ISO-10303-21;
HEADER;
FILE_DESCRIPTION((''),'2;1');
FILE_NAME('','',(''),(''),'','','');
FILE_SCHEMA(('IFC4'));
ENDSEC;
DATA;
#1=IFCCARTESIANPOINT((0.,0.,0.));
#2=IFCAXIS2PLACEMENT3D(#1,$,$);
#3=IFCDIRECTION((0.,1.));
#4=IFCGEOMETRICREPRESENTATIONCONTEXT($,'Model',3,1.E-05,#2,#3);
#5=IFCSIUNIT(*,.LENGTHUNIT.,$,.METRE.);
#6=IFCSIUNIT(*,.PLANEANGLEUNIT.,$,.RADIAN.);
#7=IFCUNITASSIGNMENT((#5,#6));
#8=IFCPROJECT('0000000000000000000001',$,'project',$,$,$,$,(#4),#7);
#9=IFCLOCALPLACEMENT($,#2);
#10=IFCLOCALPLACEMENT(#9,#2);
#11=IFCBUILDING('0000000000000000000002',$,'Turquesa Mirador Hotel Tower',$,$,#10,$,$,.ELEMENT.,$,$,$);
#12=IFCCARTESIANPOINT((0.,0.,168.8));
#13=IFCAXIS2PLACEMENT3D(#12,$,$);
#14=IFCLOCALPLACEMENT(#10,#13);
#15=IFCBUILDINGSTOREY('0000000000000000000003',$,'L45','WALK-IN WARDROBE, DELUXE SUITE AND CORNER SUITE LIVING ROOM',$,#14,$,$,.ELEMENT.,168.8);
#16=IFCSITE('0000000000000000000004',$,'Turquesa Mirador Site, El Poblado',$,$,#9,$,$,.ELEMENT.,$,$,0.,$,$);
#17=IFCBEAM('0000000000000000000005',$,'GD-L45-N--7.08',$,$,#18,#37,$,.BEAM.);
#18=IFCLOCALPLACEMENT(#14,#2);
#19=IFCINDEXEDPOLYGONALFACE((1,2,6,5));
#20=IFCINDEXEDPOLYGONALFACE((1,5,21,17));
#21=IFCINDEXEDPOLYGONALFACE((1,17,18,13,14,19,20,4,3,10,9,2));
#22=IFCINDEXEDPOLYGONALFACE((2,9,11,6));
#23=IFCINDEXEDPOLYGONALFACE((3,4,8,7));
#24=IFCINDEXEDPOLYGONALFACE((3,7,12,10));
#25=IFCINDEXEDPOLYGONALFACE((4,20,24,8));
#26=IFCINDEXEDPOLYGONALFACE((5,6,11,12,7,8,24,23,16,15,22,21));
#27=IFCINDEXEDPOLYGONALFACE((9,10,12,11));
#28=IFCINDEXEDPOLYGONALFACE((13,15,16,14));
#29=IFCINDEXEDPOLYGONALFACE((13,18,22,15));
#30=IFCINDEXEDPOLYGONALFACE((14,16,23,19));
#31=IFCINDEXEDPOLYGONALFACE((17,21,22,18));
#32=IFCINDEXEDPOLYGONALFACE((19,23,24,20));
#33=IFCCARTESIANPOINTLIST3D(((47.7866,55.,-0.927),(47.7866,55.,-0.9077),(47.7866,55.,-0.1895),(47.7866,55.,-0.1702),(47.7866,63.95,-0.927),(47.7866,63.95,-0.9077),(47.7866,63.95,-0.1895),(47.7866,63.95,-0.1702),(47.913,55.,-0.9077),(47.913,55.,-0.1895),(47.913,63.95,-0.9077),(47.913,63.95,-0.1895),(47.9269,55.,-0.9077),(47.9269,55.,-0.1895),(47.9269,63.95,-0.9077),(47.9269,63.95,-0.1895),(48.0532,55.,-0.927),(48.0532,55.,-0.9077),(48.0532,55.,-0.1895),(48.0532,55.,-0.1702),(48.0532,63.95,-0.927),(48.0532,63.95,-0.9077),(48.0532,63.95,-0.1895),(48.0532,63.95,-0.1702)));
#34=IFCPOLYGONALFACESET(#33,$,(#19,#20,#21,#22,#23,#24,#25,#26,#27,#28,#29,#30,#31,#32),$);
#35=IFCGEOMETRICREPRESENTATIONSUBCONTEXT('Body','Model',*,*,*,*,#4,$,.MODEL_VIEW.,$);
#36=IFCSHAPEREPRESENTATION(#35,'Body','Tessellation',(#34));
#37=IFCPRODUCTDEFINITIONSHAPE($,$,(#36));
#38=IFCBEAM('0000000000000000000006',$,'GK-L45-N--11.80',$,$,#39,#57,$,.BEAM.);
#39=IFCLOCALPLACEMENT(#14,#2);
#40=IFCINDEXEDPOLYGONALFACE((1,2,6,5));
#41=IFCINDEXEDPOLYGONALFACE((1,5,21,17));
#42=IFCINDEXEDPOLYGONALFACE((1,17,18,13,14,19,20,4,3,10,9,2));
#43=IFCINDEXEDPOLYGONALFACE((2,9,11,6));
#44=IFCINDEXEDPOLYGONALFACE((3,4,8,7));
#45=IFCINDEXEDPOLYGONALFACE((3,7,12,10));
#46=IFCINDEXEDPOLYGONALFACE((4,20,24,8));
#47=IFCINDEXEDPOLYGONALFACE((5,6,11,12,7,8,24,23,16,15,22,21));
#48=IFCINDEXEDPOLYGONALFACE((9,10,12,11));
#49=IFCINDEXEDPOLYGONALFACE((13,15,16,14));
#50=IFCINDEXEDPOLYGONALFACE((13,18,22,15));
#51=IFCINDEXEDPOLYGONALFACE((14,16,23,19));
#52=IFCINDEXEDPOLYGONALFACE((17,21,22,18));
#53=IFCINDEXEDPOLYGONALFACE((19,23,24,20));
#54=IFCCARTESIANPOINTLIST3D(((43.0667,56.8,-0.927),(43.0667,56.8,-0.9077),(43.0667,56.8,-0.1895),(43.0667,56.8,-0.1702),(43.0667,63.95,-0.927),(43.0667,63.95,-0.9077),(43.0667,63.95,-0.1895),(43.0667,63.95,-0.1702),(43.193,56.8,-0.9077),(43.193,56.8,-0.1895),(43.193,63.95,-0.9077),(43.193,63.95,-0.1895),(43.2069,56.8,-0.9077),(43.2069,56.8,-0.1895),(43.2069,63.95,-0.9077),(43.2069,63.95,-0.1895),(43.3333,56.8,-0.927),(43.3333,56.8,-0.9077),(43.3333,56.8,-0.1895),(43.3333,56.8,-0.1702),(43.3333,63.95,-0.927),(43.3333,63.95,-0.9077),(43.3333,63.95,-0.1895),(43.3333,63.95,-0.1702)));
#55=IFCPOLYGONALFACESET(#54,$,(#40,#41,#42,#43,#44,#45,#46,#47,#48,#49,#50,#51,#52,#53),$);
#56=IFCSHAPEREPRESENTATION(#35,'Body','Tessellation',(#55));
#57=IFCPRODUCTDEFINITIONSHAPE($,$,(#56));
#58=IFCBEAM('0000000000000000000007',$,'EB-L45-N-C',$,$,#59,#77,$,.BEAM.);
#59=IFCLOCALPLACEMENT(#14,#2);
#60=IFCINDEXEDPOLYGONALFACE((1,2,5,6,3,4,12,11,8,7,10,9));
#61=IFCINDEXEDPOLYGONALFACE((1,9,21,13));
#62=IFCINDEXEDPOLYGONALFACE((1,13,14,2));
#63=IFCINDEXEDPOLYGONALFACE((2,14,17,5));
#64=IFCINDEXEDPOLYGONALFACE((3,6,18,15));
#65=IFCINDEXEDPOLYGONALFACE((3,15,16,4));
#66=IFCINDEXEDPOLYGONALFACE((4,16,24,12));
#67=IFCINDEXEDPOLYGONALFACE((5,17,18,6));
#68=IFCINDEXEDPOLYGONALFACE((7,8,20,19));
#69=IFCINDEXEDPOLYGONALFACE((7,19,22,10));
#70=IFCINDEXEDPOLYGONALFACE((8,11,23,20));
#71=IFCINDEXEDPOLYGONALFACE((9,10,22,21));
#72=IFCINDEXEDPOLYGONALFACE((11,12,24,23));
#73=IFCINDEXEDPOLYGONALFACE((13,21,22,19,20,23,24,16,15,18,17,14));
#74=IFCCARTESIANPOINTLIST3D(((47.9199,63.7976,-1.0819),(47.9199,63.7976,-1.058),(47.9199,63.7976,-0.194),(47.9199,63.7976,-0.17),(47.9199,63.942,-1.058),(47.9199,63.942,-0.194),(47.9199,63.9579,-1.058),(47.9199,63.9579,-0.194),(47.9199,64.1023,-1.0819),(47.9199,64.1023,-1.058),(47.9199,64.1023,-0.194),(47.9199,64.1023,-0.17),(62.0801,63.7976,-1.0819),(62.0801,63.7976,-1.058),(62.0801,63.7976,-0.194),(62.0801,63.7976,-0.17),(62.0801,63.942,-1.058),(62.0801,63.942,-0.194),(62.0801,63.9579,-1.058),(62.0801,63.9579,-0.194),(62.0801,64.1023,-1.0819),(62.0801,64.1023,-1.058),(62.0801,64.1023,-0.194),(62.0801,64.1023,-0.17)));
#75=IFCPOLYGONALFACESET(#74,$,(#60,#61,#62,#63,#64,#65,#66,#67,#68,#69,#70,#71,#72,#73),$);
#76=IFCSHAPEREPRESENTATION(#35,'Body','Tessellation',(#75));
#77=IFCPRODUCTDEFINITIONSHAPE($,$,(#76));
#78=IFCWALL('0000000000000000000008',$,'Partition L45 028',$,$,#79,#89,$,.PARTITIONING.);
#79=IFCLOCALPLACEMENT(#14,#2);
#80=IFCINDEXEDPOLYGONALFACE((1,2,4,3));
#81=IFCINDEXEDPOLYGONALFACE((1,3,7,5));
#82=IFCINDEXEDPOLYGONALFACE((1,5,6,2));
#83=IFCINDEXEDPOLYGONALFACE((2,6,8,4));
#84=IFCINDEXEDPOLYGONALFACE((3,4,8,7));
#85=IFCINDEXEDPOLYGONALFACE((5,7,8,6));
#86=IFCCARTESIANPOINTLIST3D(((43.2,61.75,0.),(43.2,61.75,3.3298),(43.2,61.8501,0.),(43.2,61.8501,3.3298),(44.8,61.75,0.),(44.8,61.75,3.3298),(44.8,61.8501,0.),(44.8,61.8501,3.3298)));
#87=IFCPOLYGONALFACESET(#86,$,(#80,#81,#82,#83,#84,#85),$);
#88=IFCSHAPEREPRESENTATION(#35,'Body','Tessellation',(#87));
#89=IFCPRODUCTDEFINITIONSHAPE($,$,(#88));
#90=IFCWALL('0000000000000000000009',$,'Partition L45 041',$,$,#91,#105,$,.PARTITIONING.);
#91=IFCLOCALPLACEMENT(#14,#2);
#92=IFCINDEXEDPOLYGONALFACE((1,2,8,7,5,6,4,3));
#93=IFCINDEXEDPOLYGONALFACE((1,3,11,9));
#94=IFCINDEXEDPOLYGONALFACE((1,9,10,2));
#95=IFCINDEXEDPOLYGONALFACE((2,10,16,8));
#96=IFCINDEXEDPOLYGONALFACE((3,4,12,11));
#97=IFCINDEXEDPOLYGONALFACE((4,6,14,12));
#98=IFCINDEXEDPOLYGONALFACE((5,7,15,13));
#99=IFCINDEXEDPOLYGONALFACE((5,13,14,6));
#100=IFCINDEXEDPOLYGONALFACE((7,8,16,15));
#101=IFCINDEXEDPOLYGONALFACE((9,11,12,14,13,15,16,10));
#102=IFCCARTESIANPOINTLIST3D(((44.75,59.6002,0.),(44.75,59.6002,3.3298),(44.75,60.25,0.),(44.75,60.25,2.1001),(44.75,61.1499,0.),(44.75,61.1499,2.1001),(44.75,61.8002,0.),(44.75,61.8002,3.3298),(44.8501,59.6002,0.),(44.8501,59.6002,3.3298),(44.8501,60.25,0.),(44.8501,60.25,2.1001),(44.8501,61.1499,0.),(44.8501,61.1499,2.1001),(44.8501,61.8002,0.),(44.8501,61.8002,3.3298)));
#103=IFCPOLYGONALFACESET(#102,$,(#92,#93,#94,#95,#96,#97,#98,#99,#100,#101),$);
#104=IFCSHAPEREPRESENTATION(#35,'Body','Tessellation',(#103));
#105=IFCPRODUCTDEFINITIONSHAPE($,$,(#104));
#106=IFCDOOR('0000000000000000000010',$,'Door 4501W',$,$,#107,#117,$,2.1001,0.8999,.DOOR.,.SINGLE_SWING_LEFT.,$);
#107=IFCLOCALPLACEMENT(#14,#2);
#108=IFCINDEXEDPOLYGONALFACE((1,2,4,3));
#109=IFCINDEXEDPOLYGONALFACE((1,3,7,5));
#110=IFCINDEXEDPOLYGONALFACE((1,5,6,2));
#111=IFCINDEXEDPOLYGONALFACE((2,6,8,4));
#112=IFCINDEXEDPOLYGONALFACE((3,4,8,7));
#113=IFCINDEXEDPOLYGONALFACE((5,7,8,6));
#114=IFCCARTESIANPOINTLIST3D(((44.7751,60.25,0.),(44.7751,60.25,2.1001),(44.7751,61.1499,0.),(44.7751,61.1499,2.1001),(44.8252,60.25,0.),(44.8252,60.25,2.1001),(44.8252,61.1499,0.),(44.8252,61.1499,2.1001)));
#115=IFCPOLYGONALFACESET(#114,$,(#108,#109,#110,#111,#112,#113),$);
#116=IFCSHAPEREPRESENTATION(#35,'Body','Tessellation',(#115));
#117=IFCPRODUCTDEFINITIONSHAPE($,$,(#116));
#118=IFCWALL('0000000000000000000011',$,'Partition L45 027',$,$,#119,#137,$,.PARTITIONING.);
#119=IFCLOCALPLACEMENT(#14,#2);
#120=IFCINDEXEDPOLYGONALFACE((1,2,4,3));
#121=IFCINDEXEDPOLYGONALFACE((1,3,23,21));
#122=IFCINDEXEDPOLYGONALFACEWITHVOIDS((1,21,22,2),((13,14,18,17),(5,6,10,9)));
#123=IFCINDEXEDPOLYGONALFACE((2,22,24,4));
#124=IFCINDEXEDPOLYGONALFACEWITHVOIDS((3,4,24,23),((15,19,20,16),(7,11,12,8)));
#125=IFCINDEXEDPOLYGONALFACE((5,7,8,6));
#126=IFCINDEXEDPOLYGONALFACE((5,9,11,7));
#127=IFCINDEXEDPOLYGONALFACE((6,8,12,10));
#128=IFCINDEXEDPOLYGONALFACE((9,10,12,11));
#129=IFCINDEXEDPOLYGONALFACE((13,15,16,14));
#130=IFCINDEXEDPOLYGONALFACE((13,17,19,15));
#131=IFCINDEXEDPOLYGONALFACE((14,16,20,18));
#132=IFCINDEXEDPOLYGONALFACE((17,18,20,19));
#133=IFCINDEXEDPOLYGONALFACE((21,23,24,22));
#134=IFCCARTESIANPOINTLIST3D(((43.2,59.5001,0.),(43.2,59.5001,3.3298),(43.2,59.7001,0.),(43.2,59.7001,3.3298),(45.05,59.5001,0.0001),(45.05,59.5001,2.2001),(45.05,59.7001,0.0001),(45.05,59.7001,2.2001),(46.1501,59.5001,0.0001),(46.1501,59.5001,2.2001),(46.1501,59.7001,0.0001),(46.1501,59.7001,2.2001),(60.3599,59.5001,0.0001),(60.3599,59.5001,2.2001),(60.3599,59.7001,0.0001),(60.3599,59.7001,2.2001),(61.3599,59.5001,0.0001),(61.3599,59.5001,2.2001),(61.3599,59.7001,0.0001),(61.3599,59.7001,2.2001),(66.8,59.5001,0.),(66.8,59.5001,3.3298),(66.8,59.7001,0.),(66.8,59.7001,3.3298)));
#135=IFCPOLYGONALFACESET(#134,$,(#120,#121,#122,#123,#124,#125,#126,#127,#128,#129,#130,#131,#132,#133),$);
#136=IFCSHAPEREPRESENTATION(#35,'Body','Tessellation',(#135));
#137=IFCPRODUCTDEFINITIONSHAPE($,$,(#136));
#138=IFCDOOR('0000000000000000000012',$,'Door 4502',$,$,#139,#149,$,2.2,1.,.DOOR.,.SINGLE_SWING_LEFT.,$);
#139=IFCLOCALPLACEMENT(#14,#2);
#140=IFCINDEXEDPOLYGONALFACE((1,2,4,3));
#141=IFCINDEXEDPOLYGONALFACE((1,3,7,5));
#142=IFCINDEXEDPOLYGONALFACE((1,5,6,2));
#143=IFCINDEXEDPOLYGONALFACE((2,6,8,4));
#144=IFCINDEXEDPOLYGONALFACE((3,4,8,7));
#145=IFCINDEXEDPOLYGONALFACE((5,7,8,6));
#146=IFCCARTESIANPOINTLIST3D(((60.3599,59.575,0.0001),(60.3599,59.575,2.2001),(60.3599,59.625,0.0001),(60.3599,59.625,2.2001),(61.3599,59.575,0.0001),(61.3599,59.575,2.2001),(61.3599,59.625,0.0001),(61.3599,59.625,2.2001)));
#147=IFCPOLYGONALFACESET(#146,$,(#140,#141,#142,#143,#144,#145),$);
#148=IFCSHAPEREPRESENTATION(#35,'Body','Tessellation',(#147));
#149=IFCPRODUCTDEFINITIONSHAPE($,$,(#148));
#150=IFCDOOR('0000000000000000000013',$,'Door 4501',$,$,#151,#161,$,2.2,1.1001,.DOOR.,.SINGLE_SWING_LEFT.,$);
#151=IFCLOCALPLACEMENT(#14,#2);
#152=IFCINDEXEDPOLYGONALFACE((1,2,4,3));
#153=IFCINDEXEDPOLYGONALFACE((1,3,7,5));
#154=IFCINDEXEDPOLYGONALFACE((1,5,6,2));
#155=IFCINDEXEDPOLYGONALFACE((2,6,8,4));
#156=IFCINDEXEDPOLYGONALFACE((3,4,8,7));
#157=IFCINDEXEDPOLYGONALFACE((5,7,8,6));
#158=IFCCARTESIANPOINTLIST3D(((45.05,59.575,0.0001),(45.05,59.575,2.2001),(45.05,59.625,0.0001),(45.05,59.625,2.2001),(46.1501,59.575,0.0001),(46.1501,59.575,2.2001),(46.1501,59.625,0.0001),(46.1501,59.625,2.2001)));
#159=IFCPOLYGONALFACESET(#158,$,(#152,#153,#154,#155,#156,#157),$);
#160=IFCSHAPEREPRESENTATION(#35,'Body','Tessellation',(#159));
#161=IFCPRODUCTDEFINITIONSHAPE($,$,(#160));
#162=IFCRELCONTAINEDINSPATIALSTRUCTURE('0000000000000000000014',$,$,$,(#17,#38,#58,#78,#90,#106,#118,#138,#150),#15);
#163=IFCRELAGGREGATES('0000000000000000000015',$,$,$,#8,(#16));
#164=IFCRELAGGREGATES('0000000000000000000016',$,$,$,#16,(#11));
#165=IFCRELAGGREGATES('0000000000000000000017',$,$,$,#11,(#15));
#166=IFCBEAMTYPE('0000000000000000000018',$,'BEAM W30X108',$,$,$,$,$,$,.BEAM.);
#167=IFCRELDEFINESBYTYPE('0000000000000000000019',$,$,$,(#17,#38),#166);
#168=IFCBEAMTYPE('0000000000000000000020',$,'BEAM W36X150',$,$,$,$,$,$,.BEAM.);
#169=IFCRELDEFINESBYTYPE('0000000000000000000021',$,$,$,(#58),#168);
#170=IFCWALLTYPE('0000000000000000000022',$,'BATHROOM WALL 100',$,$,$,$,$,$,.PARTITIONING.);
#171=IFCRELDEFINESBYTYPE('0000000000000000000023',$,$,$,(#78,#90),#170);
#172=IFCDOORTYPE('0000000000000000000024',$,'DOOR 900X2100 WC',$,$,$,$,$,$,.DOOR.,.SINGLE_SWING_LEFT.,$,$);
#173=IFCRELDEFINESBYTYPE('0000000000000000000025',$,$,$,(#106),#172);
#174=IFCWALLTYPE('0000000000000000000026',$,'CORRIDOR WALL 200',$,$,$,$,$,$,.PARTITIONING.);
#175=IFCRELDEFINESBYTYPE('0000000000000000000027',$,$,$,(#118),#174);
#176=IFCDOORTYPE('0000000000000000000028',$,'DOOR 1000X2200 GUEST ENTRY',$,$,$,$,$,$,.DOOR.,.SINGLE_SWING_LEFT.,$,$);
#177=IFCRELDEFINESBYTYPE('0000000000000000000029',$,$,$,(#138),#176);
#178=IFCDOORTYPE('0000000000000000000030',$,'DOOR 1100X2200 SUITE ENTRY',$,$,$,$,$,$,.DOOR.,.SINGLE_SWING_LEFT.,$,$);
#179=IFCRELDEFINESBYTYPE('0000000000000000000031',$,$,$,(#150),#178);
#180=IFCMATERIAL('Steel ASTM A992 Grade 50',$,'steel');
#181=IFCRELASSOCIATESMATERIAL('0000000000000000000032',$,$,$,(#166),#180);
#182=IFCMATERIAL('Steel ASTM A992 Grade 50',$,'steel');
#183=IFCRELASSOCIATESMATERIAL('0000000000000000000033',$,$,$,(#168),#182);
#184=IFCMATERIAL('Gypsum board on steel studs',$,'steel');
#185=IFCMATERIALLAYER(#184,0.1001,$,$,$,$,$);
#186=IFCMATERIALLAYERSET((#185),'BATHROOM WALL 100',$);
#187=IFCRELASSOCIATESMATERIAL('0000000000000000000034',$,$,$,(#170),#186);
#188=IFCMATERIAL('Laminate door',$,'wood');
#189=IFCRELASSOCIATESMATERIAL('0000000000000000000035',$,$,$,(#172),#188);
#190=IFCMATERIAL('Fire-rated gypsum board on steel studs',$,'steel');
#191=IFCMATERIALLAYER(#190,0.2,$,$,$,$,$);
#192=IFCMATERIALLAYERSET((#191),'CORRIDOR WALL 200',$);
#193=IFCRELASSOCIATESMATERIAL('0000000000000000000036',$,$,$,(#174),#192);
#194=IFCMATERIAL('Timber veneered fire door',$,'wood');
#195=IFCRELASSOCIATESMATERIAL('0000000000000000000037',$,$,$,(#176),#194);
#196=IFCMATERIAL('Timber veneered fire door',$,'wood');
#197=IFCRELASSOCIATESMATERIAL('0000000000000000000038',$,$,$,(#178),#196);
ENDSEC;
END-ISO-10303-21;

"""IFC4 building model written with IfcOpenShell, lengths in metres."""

from ifc_helpers import new_model, si_unit, direction, frame, frame_2d, origin, origin_2d, place, context, subcontext, project, spatial, rectangle, i_section, extrude, material, layer, layer_set, material_profile, profile_set, type_object, element, fill, save


model = new_model("IFC4")

# Units and contexts
model_context = context("Model", 3, precision=1e-05, world=origin(), true_north=direction((0.0, 1.0)))
body_context = subcontext(model_context, "Body", "Model", "MODEL_VIEW")
ifc_project = project(units=[si_unit("LENGTHUNIT", "METRE"), si_unit("PLANEANGLEUNIT", "RADIAN")], contexts=[model_context])

# Site, building, storey
site_placement = place(None, origin())
site = spatial("IfcSite", under=ifc_project, at=site_placement, Name="Turquesa Mirador Site, El Poblado", CompositionType="ELEMENT", RefElevation=0.0)
building_placement = place(site_placement, origin())
building = spatial("IfcBuilding", under=site, at=building_placement, Name="Turquesa Mirador Hotel Tower", CompositionType="ELEMENT")
storey_placement = place(building_placement, frame((0.0, 0.0, 168.8)))
storey = spatial("IfcBuildingStorey", under=building, at=storey_placement, Name="L45", Description="WALK-IN WARDROBE, DELUXE SUITE AND CORNER SUITE LIVING ROOM", CompositionType="ELEMENT", Elevation=168.8)

# Beams
ifc_material_1 = material(Name="Steel ASTM A992 Grade 50", Category="steel")
ifc_material_profile_1 = material_profile(ifc_material_1, i_section(OverallWidth=0.2666, OverallDepth=0.7568, WebThickness=0.0139, FlangeThickness=0.0193, at=origin_2d()), Name="W30X108")
ifc_profile_set_1 = profile_set([ifc_material_profile_1], Name="Steel ASTM A992 Grade 50")
beam_type_1 = type_object("IfcBeamType", Name="BEAM W30X108", PredefinedType="BEAM", material=ifc_profile_set_1)
beam_1_placement = place(storey_placement, frame((47.9199, 63.95, -0.5486), z_axis=(0.0, -1.0, 0.0), x_axis=(1.0, 0.0, 0.0)))
element("IfcBeam", 1, at=beam_1_placement, inside=storey, type_object=beam_type_1, Name="GD-L45-N--7.08", PredefinedType="BEAM", context=body_context, shape_type="SweptSolid", body=[
    extrude(i_section(OverallWidth=0.2666, OverallDepth=0.7568, WebThickness=0.0139, FlangeThickness=0.0193, at=origin_2d()), origin(), (0.0, 0.0, 1.0), 8.95),
])
beam_2_placement = place(storey_placement, frame((43.2, 63.95, -0.5486), z_axis=(0.0, -1.0, 0.0), x_axis=(1.0, 0.0, 0.0)))
element("IfcBeam", 2, at=beam_2_placement, inside=storey, type_object=beam_type_1, Name="GK-L45-N--11.80", PredefinedType="BEAM", context=body_context, shape_type="SweptSolid", body=[
    extrude(i_section(OverallWidth=0.2666, OverallDepth=0.7568, WebThickness=0.0139, FlangeThickness=0.0193, at=origin_2d()), origin(), (0.0, 0.0, 1.0), 7.1499),
])
ifc_material_2 = material(Name="Steel ASTM A992 Grade 50", Category="steel")
ifc_material_profile_2 = material_profile(ifc_material_2, i_section(OverallWidth=0.3047, OverallDepth=0.9119, WebThickness=0.0159, FlangeThickness=0.0239, at=origin_2d()), Name="W36X150")
ifc_profile_set_2 = profile_set([ifc_material_profile_2], Name="Steel ASTM A992 Grade 50")
beam_type_2 = type_object("IfcBeamType", Name="BEAM W36X150", PredefinedType="BEAM", material=ifc_profile_set_2)
beam_3_placement = place(storey_placement, frame((47.9199, 63.95, -0.626), z_axis=(1.0, 0.0, 0.0), x_axis=(0.0, 1.0, 0.0)))
element("IfcBeam", 3, at=beam_3_placement, inside=storey, type_object=beam_type_2, Name="EB-L45-N-C", PredefinedType="BEAM", context=body_context, shape_type="SweptSolid", body=[
    extrude(i_section(OverallWidth=0.3047, OverallDepth=0.9119, WebThickness=0.0159, FlangeThickness=0.0239, at=origin_2d()), origin(), (0.0, 0.0, 1.0), 14.1602),
])

# Wall
ifc_material_3 = material(Name="Gypsum board on steel studs", Category="steel")
ifc_layer_1 = layer(ifc_material_3, 0.1001)
ifc_layer_set_1 = layer_set([ifc_layer_1], Name="BATHROOM WALL 100")
wall_type_1 = type_object("IfcWallType", Name="BATHROOM WALL 100", PredefinedType="PARTITIONING", material=ifc_layer_set_1)
wall_1_placement = place(storey_placement, frame((43.2, 61.8, 0.0), z_axis=(0.0, 0.0, 1.0), x_axis=(1.0, 0.0, 0.0)))
element("IfcWall", 4, at=wall_1_placement, inside=storey, type_object=wall_type_1, Name="Partition L45 028", PredefinedType="PARTITIONING", context=body_context, shape_type="SweptSolid", body=[
    extrude(rectangle(XDim=1.6001, YDim=0.1001, at=frame_2d((0.8, 0.0))), origin(), (0.0, 0.0, 1.0), 3.3298),
])

# Wall, opening, door
wall_2_placement = place(storey_placement, frame((44.8, 59.6001, 0.0), z_axis=(0.0, 0.0, 1.0), x_axis=(0.0, 1.0, 0.0)))
wall_2 = element("IfcWall", 5, at=wall_2_placement, inside=storey, type_object=wall_type_1, Name="Partition L45 041", PredefinedType="PARTITIONING", context=body_context, shape_type="SweptSolid", body=[
    extrude(rectangle(XDim=2.2, YDim=0.1001, at=frame_2d((1.1001, 0.0))), origin(), (0.0, 0.0, 1.0), 3.3298),
])
opening_1_placement = place(wall_2_placement, frame((0.6499, 0.0, 0.0)))
opening_1 = element("IfcOpeningElement", 6, at=opening_1_placement, cuts=wall_2, PredefinedType="OPENING", context=body_context, shape_type="SweptSolid", body=[
    extrude(rectangle(XDim=0.8999, YDim=2.1001, at=frame_2d((0.45, 1.05))), frame((0.0, 0.0601, 0.0), z_axis=(0.0, -1.0, 0.0), x_axis=(1.0, 0.0, 0.0)), (0.0, 0.0, 1.0), 0.1201),
])
ifc_material_4 = material(Name="Laminate door", Category="wood")
door_type_1 = type_object("IfcDoorType", Name="DOOR 900X2100 WC", OperationType="SINGLE_SWING_LEFT", PredefinedType="DOOR", material=ifc_material_4)
door_1_placement = place(opening_1_placement, origin())
door_1 = element("IfcDoor", 7, at=door_1_placement, inside=storey, type_object=door_type_1, Name="Door 4501W", OperationType="SINGLE_SWING_LEFT", OverallHeight=2.1001, OverallWidth=0.8999, PredefinedType="DOOR", context=body_context, shape_type="SweptSolid", body=[
    extrude(rectangle(XDim=0.8999, YDim=2.1001, at=frame_2d((0.45, 1.05))), frame((0.0, 0.0249, 0.0), z_axis=(0.0, -1.0, 0.0), x_axis=(1.0, 0.0, 0.0)), (0.0, 0.0, 1.0), 0.05),
])
fill(opening_1, door_1)

# Wall, openings, doors
ifc_material_5 = material(Name="Fire-rated gypsum board on steel studs", Category="steel")
ifc_layer_2 = layer(ifc_material_5, 0.2)
ifc_layer_set_2 = layer_set([ifc_layer_2], Name="CORRIDOR WALL 200")
wall_type_2 = type_object("IfcWallType", Name="CORRIDOR WALL 200", PredefinedType="PARTITIONING", material=ifc_layer_set_2)
wall_3_placement = place(storey_placement, frame((43.2, 59.6001, 0.0), z_axis=(0.0, 0.0, 1.0), x_axis=(1.0, 0.0, 0.0)))
wall_3 = element("IfcWall", 8, at=wall_3_placement, inside=storey, type_object=wall_type_2, Name="Partition L45 027", PredefinedType="PARTITIONING", context=body_context, shape_type="SweptSolid", body=[
    extrude(rectangle(XDim=23.6001, YDim=0.2, at=frame_2d((11.8, 0.0))), origin(), (0.0, 0.0, 1.0), 3.3298),
])
opening_2_placement = place(wall_3_placement, frame((1.8501, 0.0, 0.0)))
opening_2 = element("IfcOpeningElement", 9, at=opening_2_placement, cuts=wall_3, PredefinedType="OPENING", context=body_context, shape_type="SweptSolid", body=[
    extrude(rectangle(XDim=1.1001, YDim=2.2, at=frame_2d((0.55, 1.1001))), frame((0.0, 0.1099, 0.0), z_axis=(0.0, -1.0, 0.0), x_axis=(1.0, 0.0, 0.0)), (0.0, 0.0, 1.0), 0.22),
])
opening_3_placement = place(wall_3_placement, frame((17.1599, 0.0, 0.0)))
opening_3 = element("IfcOpeningElement", 10, at=opening_3_placement, cuts=wall_3, PredefinedType="OPENING", context=body_context, shape_type="SweptSolid", body=[
    extrude(rectangle(XDim=1.0, YDim=2.2, at=frame_2d((0.5, 1.1001))), frame((0.0, 0.1099, 0.0), z_axis=(0.0, -1.0, 0.0), x_axis=(1.0, 0.0, 0.0)), (0.0, 0.0, 1.0), 0.22),
])
ifc_material_6 = material(Name="Timber veneered fire door", Category="wood")
door_type_2 = type_object("IfcDoorType", Name="DOOR 1000X2200 GUEST ENTRY", OperationType="SINGLE_SWING_LEFT", PredefinedType="DOOR", material=ifc_material_6)
door_2_placement = place(opening_3_placement, origin())
door_2 = element("IfcDoor", 11, at=door_2_placement, inside=storey, type_object=door_type_2, Name="Door 4502", OperationType="SINGLE_SWING_LEFT", OverallHeight=2.2, OverallWidth=1.0, PredefinedType="DOOR", context=body_context, shape_type="SweptSolid", body=[
    extrude(rectangle(XDim=1.0, YDim=2.2, at=frame_2d((0.5, 1.1001))), frame((0.0, 0.0249, 0.0), z_axis=(0.0, -1.0, 0.0), x_axis=(1.0, 0.0, 0.0)), (0.0, 0.0, 1.0), 0.05),
])
fill(opening_3, door_2)
ifc_material_7 = material(Name="Timber veneered fire door", Category="wood")
door_type_3 = type_object("IfcDoorType", Name="DOOR 1100X2200 SUITE ENTRY", OperationType="SINGLE_SWING_LEFT", PredefinedType="DOOR", material=ifc_material_7)
door_3_placement = place(opening_2_placement, origin())
door_3 = element("IfcDoor", 12, at=door_3_placement, inside=storey, type_object=door_type_3, Name="Door 4501", OperationType="SINGLE_SWING_LEFT", OverallHeight=2.2, OverallWidth=1.1001, PredefinedType="DOOR", context=body_context, shape_type="SweptSolid", body=[
    extrude(rectangle(XDim=1.1001, YDim=2.2, at=frame_2d((0.55, 1.1001))), frame((0.0, 0.0249, 0.0), z_axis=(0.0, -1.0, 0.0), x_axis=(1.0, 0.0, 0.0)), (0.0, 0.0, 1.0), 0.05),
])
fill(opening_2, door_3)

save(model, "model.ifc")
